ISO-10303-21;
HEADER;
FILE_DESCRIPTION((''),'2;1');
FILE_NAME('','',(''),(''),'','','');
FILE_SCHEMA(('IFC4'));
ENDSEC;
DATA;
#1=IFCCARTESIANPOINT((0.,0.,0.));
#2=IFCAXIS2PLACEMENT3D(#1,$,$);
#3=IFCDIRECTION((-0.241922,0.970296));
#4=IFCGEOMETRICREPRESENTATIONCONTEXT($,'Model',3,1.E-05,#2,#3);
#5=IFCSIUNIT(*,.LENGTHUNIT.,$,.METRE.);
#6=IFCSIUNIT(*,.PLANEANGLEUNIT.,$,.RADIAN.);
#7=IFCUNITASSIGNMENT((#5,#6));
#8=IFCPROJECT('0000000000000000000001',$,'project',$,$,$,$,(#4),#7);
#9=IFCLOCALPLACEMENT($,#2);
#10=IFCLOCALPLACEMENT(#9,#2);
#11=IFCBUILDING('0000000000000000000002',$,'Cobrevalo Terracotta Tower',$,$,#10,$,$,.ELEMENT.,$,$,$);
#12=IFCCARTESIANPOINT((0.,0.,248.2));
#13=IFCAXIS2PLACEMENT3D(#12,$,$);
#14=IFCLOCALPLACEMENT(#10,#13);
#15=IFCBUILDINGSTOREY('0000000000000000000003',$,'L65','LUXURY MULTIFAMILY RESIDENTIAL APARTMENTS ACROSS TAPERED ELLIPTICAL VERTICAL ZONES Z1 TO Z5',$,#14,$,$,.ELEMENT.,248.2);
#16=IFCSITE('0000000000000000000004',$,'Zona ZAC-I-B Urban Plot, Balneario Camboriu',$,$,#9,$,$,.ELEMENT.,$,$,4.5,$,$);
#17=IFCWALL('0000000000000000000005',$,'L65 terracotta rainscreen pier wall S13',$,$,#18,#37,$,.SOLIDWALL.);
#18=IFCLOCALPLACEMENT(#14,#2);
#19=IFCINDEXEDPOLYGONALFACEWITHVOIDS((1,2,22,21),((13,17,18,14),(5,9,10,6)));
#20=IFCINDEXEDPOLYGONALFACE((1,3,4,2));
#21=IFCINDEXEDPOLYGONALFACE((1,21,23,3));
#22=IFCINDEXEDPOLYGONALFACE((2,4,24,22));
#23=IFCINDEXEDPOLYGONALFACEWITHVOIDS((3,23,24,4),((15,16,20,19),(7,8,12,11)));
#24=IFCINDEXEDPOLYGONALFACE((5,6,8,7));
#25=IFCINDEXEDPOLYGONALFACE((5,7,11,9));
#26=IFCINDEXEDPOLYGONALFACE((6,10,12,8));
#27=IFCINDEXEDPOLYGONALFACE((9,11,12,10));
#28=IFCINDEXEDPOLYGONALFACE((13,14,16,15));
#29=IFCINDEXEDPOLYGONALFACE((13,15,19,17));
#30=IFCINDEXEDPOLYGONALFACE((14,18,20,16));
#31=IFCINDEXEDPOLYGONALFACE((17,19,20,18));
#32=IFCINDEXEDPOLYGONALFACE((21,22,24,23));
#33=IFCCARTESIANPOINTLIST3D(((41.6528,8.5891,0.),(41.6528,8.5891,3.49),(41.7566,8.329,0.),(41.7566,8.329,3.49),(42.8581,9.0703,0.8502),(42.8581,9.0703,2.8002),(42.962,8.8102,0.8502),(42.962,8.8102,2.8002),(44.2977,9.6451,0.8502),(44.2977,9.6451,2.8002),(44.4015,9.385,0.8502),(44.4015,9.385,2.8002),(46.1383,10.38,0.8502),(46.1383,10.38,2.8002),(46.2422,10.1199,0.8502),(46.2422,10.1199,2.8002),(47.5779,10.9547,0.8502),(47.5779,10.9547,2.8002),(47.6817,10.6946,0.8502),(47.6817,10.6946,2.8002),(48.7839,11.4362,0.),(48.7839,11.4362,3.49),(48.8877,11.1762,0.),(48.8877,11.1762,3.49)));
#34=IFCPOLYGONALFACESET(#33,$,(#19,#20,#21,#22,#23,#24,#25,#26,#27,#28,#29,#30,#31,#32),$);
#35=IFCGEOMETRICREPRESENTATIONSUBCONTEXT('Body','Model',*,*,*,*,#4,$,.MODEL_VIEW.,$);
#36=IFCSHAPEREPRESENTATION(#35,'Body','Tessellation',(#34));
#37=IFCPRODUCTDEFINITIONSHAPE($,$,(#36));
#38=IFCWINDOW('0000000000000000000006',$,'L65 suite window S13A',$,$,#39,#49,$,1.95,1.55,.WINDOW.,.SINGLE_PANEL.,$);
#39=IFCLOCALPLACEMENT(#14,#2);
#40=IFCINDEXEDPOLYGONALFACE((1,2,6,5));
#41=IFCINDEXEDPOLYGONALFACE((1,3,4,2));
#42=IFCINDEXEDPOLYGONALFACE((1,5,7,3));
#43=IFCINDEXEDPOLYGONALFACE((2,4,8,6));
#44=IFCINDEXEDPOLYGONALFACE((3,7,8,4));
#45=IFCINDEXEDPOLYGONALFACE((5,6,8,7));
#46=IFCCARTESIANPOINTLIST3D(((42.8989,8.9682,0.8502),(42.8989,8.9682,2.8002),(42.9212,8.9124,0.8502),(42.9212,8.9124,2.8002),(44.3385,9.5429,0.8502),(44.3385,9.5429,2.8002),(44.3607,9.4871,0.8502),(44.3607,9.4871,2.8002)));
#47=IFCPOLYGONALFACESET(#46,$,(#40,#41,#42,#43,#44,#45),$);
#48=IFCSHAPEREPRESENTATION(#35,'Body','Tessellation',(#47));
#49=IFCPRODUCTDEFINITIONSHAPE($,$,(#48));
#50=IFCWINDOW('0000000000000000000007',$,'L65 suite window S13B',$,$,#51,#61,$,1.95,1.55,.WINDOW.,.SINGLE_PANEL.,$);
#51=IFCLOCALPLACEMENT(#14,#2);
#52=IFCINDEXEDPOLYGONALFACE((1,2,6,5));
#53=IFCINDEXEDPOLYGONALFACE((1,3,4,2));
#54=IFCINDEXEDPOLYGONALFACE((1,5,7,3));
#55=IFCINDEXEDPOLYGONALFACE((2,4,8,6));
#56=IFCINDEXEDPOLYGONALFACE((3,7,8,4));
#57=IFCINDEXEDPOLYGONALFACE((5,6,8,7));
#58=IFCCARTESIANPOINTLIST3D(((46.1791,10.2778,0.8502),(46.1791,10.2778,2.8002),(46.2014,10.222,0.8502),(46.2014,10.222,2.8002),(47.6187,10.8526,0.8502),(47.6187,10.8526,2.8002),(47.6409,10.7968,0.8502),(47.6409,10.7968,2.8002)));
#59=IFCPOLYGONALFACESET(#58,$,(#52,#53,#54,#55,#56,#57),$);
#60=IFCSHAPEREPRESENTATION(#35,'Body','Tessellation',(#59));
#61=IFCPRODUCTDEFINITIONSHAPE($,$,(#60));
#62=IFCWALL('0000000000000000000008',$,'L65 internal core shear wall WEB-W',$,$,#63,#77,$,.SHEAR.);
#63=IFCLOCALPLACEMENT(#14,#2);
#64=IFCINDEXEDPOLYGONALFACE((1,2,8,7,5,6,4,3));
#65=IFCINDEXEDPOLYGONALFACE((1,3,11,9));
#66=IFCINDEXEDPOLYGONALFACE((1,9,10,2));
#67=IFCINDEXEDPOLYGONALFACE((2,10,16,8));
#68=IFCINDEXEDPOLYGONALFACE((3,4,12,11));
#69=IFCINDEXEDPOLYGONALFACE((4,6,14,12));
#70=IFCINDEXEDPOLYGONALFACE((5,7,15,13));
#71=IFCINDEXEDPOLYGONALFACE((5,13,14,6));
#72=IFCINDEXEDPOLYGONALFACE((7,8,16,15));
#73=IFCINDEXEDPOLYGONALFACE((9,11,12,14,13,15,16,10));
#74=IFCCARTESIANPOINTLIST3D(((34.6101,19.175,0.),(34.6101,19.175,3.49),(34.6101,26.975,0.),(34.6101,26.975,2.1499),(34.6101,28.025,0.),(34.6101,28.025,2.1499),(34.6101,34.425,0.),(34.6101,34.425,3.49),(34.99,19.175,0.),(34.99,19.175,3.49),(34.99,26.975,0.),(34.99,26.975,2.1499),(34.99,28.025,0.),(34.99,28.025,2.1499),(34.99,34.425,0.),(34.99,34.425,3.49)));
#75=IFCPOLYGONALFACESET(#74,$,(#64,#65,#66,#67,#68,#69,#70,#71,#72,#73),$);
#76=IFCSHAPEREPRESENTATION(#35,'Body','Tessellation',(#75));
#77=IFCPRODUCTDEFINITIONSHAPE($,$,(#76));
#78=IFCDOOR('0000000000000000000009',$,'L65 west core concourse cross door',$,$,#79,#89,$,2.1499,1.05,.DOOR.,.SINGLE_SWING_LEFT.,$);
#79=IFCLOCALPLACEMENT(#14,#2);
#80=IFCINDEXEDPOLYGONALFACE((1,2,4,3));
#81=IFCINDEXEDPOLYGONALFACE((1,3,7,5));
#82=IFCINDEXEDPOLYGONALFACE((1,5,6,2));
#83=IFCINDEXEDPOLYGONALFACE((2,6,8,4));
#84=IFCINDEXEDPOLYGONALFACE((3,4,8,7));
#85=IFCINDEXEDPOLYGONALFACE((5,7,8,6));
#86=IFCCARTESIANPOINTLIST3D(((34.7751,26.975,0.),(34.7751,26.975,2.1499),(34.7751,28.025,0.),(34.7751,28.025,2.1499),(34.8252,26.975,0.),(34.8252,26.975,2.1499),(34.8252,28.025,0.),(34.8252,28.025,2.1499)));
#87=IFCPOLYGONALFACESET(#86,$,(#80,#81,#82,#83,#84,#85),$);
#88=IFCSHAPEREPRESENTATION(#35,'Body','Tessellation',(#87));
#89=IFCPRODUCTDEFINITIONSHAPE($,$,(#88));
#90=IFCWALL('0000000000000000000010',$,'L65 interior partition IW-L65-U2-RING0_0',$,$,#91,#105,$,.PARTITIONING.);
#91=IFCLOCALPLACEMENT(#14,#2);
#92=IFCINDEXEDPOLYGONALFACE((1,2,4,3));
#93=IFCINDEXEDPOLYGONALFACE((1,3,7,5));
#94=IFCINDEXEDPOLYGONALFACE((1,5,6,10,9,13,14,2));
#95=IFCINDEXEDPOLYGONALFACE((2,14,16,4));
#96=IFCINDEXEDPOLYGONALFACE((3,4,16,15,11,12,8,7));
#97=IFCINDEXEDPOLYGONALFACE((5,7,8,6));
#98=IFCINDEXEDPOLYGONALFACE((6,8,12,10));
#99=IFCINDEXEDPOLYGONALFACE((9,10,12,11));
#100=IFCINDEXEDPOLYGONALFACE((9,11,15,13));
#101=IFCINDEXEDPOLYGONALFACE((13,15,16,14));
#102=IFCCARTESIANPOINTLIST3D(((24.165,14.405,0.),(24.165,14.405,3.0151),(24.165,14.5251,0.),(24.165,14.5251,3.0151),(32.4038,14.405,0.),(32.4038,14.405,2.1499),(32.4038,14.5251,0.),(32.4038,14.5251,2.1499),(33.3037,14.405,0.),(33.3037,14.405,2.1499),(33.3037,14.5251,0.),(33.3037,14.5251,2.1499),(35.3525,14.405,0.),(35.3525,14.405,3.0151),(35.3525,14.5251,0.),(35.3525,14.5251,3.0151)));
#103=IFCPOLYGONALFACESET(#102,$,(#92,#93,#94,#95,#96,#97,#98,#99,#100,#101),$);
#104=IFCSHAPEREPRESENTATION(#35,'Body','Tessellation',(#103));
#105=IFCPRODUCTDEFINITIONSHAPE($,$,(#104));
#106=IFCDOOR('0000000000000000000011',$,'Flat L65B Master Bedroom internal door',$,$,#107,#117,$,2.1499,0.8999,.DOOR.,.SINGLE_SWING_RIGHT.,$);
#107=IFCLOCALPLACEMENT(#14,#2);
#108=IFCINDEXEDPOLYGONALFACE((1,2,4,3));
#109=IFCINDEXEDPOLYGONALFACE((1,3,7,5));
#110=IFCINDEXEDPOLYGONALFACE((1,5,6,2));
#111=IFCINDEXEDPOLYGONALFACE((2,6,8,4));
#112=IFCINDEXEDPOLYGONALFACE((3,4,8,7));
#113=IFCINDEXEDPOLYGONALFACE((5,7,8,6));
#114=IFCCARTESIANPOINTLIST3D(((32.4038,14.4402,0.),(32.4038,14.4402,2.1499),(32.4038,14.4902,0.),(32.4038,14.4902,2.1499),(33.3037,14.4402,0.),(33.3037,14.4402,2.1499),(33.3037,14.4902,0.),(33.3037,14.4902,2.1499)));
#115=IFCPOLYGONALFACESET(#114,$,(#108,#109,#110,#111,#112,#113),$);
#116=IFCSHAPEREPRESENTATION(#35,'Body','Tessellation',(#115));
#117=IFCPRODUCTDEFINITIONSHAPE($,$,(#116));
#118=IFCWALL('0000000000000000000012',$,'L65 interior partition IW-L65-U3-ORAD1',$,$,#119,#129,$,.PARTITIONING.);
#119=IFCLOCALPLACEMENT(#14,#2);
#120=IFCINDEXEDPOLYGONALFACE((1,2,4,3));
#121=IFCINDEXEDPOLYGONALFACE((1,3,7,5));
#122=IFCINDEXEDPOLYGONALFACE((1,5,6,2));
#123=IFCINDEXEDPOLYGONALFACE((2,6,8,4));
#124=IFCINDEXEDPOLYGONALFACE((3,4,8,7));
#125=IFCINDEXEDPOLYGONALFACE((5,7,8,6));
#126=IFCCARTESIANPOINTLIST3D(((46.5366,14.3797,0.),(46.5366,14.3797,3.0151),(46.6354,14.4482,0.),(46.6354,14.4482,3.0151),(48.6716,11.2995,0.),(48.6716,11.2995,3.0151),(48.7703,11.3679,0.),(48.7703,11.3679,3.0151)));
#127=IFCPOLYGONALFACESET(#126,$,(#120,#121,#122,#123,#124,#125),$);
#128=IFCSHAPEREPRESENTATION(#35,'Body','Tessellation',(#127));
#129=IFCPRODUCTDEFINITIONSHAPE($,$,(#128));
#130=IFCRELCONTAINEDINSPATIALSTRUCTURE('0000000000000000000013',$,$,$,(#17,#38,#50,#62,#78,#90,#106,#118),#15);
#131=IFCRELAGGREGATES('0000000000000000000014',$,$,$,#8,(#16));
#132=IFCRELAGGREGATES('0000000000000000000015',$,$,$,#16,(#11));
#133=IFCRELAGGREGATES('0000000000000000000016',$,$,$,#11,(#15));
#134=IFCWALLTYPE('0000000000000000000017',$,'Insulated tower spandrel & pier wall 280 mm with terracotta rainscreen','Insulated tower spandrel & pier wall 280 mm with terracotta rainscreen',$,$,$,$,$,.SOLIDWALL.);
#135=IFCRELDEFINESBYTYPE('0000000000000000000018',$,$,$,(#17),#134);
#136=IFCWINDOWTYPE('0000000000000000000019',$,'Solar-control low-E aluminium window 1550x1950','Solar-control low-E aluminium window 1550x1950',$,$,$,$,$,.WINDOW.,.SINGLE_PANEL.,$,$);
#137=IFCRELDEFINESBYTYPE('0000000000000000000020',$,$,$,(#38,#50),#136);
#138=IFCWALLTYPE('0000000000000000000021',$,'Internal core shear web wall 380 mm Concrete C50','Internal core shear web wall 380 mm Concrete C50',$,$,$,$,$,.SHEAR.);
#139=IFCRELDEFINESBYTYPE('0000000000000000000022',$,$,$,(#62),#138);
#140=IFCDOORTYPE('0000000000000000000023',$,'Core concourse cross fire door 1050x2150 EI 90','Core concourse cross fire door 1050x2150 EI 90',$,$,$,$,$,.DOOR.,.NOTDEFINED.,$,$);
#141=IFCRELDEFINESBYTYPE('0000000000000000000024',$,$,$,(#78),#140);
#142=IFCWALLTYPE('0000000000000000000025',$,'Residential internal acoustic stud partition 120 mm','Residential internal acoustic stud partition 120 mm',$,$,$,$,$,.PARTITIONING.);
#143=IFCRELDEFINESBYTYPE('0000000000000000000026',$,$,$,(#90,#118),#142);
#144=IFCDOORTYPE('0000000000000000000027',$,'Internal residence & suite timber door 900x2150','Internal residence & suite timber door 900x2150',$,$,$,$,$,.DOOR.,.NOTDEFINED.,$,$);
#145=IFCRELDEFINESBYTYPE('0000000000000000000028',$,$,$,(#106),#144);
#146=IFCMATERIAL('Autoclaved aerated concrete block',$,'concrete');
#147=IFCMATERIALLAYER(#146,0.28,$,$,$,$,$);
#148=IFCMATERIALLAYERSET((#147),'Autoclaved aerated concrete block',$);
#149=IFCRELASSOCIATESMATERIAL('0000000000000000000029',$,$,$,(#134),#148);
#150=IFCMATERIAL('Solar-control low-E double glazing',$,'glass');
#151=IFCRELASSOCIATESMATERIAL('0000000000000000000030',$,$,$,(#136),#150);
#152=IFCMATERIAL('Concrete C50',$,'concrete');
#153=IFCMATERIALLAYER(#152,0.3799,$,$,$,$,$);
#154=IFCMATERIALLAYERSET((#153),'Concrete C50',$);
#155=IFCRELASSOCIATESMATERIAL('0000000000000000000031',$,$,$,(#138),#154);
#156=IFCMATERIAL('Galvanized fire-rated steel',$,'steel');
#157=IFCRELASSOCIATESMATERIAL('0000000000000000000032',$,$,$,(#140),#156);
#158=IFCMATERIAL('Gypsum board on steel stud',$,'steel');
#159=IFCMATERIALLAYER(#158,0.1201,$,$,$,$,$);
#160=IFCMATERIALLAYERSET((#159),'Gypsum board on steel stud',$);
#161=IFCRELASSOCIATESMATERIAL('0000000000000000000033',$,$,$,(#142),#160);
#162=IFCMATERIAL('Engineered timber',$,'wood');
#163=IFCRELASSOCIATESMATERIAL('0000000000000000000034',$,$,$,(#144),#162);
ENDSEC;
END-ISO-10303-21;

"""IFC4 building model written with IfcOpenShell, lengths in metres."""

from ifc_helpers import new_model, si_unit, direction, frame, frame_2d, origin, place, context, subcontext, project, spatial, rectangle, extrude, source, transform, mapped, material, layer, layer_set, type_object, element, fill, save


model = new_model("IFC4")

# Units and contexts
model_context = context("Model", 3, precision=1e-05, world=origin(), true_north=direction((-0.241922, 0.970296)))
body_context = subcontext(model_context, "Body", "Model", "MODEL_VIEW")
ifc_project = project(units=[si_unit("LENGTHUNIT", "METRE"), si_unit("PLANEANGLEUNIT", "RADIAN")], contexts=[model_context])

# Site, building, storey
site_placement = place(None, origin())
site = spatial("IfcSite", under=ifc_project, at=site_placement, Name="Zona ZAC-I-B Urban Plot, Balneario Camboriu", CompositionType="ELEMENT", RefElevation=4.5)
building_placement = place(site_placement, origin())
building = spatial("IfcBuilding", under=site, at=building_placement, Name="Cobrevalo Terracotta Tower", CompositionType="ELEMENT")
storey_placement = place(building_placement, frame((0.0, 0.0, 248.2)))
storey = spatial("IfcBuildingStorey", under=building, at=storey_placement, Name="L65", Description="LUXURY MULTIFAMILY RESIDENTIAL APARTMENTS ACROSS TAPERED ELLIPTICAL VERTICAL ZONES Z1 TO Z5", CompositionType="ELEMENT", Elevation=248.2)

# Shared definitions
ifc_material_1 = material(Name="Concrete C50", Category="concrete")

# Shared definitions
ifc_material_2 = material(Name="Autoclaved aerated concrete block", Category="concrete")

# Wall, openings, windows
ifc_layer_1 = layer(ifc_material_2, 0.28)
ifc_layer_set_1 = layer_set([ifc_layer_1], Name="Autoclaved aerated concrete block")
wall_type_1 = type_object("IfcWallType", Name="Insulated tower spandrel & pier wall 280 mm with terracotta rainscreen", Description="Insulated tower spandrel & pier wall 280 mm with terracotta rainscreen", PredefinedType="SOLIDWALL", material=ifc_layer_set_1)
wall_1_placement = place(storey_placement, frame((41.7046, 8.459, 0.0), z_axis=(0.0, 0.0, 1.0), x_axis=(0.928713, 0.370799, 0.0)))
wall_1 = element("IfcWall", 1, at=wall_1_placement, inside=storey, type_object=wall_type_1, Name="L65 terracotta rainscreen pier wall S13", PredefinedType="SOLIDWALL", context=body_context, shape_type="SweptSolid", body=[
    extrude(rectangle(XDim=7.6785, YDim=0.28, at=frame_2d((3.8394, 0.0))), origin(), (0.0, 0.0, 1.0), 3.49),
])
opening_1_placement = place(wall_1_placement, frame((1.2981, 0.0, 0.8501)))
opening_1 = element("IfcOpeningElement", 2, at=opening_1_placement, cuts=wall_1, PredefinedType="OPENING", context=body_context, shape_type="SweptSolid", body=[
    extrude(rectangle(XDim=1.55, YDim=1.95, at=frame_2d((0.7749, 0.9751))), frame((0.0, 0.1499, 0.0), z_axis=(0.0, -1.0, 0.0), x_axis=(1.0, 0.0, 0.0)), (0.0, 0.0, 1.0), 0.3),
])
opening_2_placement = place(wall_1_placement, frame((4.8301, 0.0, 0.8501)))
opening_2 = element("IfcOpeningElement", 3, at=opening_2_placement, cuts=wall_1, PredefinedType="OPENING", context=body_context, shape_type="SweptSolid", body=[
    extrude(rectangle(XDim=1.55, YDim=1.95, at=frame_2d((0.7749, 0.9751))), frame((0.0, 0.1499, 0.0), z_axis=(0.0, -1.0, 0.0), x_axis=(1.0, 0.0, 0.0)), (0.0, 0.0, 1.0), 0.3),
])
ifc_material_3 = material(Name="Solar-control low-E double glazing", Category="glass")
window_type = type_object("IfcWindowType", Name="Solar-control low-E aluminium window 1550x1950", Description="Solar-control low-E aluminium window 1550x1950", PartitioningType="SINGLE_PANEL", PredefinedType="WINDOW", material=ifc_material_3)
shared_shape_1 = source(origin(), body_context, "Body", "SweptSolid", [
    extrude(rectangle(XDim=1.55, YDim=1.95, at=frame_2d((0.7749, 0.9751))), frame((0.0, 0.03, 0.0), z_axis=(0.0, -1.0, 0.0), x_axis=(1.0, 0.0, 0.0)), (0.0, 0.0, 1.0), 0.0601),
])
window_1_placement = place(opening_1_placement, origin())
window_1 = element("IfcWindow", 4, at=window_1_placement, inside=storey, type_object=window_type, Name="L65 suite window S13A", OverallHeight=1.95, OverallWidth=1.55, PartitioningType="SINGLE_PANEL", PredefinedType="WINDOW", context=body_context, shape_type="MappedRepresentation", body=[
    mapped(shared_shape_1, transform((0.0, 0.0, 0.0), scale=1.0)),
])
fill(opening_1, window_1)
window_2_placement = place(opening_2_placement, origin())
window_2 = element("IfcWindow", 5, at=window_2_placement, inside=storey, type_object=window_type, Name="L65 suite window S13B", OverallHeight=1.95, OverallWidth=1.55, PartitioningType="SINGLE_PANEL", PredefinedType="WINDOW", context=body_context, shape_type="MappedRepresentation", body=[
    mapped(shared_shape_1, transform((0.0, 0.0, 0.0), scale=1.0)),
])
fill(opening_2, window_2)

# Walls, openings, doors
ifc_layer_2 = layer(ifc_material_1, 0.3799)
ifc_layer_set_2 = layer_set([ifc_layer_2], Name="Concrete C50")
wall_type_2 = type_object("IfcWallType", Name="Internal core shear web wall 380 mm Concrete C50", Description="Internal core shear web wall 380 mm Concrete C50", PredefinedType="SHEAR", material=ifc_layer_set_2)
wall_2_placement = place(storey_placement, frame((34.8, 19.175, 0.0), z_axis=(0.0, 0.0, 1.0), x_axis=(0.0, 1.0, 0.0)))
wall_2 = element("IfcWall", 6, at=wall_2_placement, inside=storey, type_object=wall_type_2, Name="L65 internal core shear wall WEB-W", PredefinedType="SHEAR", context=body_context, shape_type="SweptSolid", body=[
    extrude(rectangle(XDim=15.25, YDim=0.3799, at=frame_2d((7.625, 0.0))), origin(), (0.0, 0.0, 1.0), 3.49),
])
opening_3_placement = place(wall_2_placement, frame((7.8, 0.0, 0.0)))
opening_3 = element("IfcOpeningElement", 7, at=opening_3_placement, cuts=wall_2, PredefinedType="OPENING", context=body_context, shape_type="SweptSolid", body=[
    extrude(rectangle(XDim=1.05, YDim=2.1499, at=frame_2d((0.5249, 1.075))), frame((0.0, 0.2, 0.0), z_axis=(0.0, -1.0, 0.0), x_axis=(1.0, 0.0, 0.0)), (0.0, 0.0, 1.0), 0.3999),
])
ifc_material_4 = material(Name="Galvanized fire-rated steel", Category="steel")
door_type_1 = type_object("IfcDoorType", Name="Core concourse cross fire door 1050x2150 EI 90", Description="Core concourse cross fire door 1050x2150 EI 90", OperationType="NOTDEFINED", PredefinedType="DOOR", material=ifc_material_4)
shared_shape_2 = source(origin(), body_context, "Body", "SweptSolid", [
    extrude(rectangle(XDim=1.05, YDim=2.1499, at=frame_2d((0.5249, 1.075))), frame((0.0, 0.0249, 0.0), z_axis=(0.0, -1.0, 0.0), x_axis=(1.0, 0.0, 0.0)), (0.0, 0.0, 1.0), 0.05),
])
door_1_placement = place(opening_3_placement, origin())
door_1 = element("IfcDoor", 8, at=door_1_placement, inside=storey, type_object=door_type_1, Name="L65 west core concourse cross door", OperationType="SINGLE_SWING_LEFT", OverallHeight=2.1499, OverallWidth=1.05, PredefinedType="DOOR", context=body_context, shape_type="MappedRepresentation", body=[
    mapped(shared_shape_2, transform((0.0, 0.0, 0.0), scale=1.0)),
])
fill(opening_3, door_1)
ifc_material_5 = material(Name="Gypsum board on steel stud", Category="steel")
ifc_layer_3 = layer(ifc_material_5, 0.1201)
ifc_layer_set_3 = layer_set([ifc_layer_3], Name="Gypsum board on steel stud")
wall_type_3 = type_object("IfcWallType", Name="Residential internal acoustic stud partition 120 mm", Description="Residential internal acoustic stud partition 120 mm", PredefinedType="PARTITIONING", material=ifc_layer_set_3)
wall_3_placement = place(storey_placement, frame((35.3525, 14.4651, 0.0), z_axis=(0.0, 0.0, 1.0), x_axis=(-1.0, 0.0, 0.0)))
wall_3 = element("IfcWall", 9, at=wall_3_placement, inside=storey, type_object=wall_type_3, Name="L65 interior partition IW-L65-U2-RING0_0", PredefinedType="PARTITIONING", context=body_context, shape_type="SweptSolid", body=[
    extrude(rectangle(XDim=11.1875, YDim=0.1201, at=frame_2d((5.5938, 0.0))), origin(), (0.0, 0.0, 1.0), 3.0151),
])
opening_4_placement = place(wall_3_placement, frame((2.0488, 0.0, 0.0)))
opening_4 = element("IfcOpeningElement", 10, at=opening_4_placement, cuts=wall_3, PredefinedType="OPENING", context=body_context, shape_type="SweptSolid", body=[
    extrude(rectangle(XDim=0.8999, YDim=2.1499, at=frame_2d((0.45, 1.075))), frame((0.0, 0.0701, 0.0), z_axis=(0.0, -1.0, 0.0), x_axis=(1.0, 0.0, 0.0)), (0.0, 0.0, 1.0), 0.1401),
])
ifc_material_6 = material(Name="Engineered timber", Category="wood")
door_type_2 = type_object("IfcDoorType", Name="Internal residence & suite timber door 900x2150", Description="Internal residence & suite timber door 900x2150", OperationType="NOTDEFINED", PredefinedType="DOOR", material=ifc_material_6)
shared_shape_3 = source(origin(), body_context, "Body", "SweptSolid", [
    extrude(rectangle(XDim=0.8999, YDim=2.1499, at=frame_2d((0.45, 1.075))), frame((0.0, 0.0249, 0.0), z_axis=(0.0, -1.0, 0.0), x_axis=(1.0, 0.0, 0.0)), (0.0, 0.0, 1.0), 0.05),
])
door_2_placement = place(opening_4_placement, origin())
door_2 = element("IfcDoor", 11, at=door_2_placement, inside=storey, type_object=door_type_2, Name="Flat L65B Master Bedroom internal door", OperationType="SINGLE_SWING_RIGHT", OverallHeight=2.1499, OverallWidth=0.8999, PredefinedType="DOOR", context=body_context, shape_type="MappedRepresentation", body=[
    mapped(shared_shape_3, transform((0.0, 0.0, 0.0), scale=1.0)),
])
fill(opening_4, door_2)

# Wall
wall_4_placement = place(storey_placement, frame((46.5859, 14.4141, 0.0), z_axis=(0.0, 0.0, 1.0), x_axis=(0.569657, -0.821883, 0.0)))
element("IfcWall", 12, at=wall_4_placement, inside=storey, type_object=wall_type_3, Name="L65 interior partition IW-L65-U3-ORAD1", PredefinedType="PARTITIONING", context=body_context, shape_type="SweptSolid", body=[
    extrude(rectangle(XDim=3.7478, YDim=0.1201, at=frame_2d((1.874, 0.0))), origin(), (0.0, 0.0, 1.0), 3.0151),
])

save(model, "model.ifc")
